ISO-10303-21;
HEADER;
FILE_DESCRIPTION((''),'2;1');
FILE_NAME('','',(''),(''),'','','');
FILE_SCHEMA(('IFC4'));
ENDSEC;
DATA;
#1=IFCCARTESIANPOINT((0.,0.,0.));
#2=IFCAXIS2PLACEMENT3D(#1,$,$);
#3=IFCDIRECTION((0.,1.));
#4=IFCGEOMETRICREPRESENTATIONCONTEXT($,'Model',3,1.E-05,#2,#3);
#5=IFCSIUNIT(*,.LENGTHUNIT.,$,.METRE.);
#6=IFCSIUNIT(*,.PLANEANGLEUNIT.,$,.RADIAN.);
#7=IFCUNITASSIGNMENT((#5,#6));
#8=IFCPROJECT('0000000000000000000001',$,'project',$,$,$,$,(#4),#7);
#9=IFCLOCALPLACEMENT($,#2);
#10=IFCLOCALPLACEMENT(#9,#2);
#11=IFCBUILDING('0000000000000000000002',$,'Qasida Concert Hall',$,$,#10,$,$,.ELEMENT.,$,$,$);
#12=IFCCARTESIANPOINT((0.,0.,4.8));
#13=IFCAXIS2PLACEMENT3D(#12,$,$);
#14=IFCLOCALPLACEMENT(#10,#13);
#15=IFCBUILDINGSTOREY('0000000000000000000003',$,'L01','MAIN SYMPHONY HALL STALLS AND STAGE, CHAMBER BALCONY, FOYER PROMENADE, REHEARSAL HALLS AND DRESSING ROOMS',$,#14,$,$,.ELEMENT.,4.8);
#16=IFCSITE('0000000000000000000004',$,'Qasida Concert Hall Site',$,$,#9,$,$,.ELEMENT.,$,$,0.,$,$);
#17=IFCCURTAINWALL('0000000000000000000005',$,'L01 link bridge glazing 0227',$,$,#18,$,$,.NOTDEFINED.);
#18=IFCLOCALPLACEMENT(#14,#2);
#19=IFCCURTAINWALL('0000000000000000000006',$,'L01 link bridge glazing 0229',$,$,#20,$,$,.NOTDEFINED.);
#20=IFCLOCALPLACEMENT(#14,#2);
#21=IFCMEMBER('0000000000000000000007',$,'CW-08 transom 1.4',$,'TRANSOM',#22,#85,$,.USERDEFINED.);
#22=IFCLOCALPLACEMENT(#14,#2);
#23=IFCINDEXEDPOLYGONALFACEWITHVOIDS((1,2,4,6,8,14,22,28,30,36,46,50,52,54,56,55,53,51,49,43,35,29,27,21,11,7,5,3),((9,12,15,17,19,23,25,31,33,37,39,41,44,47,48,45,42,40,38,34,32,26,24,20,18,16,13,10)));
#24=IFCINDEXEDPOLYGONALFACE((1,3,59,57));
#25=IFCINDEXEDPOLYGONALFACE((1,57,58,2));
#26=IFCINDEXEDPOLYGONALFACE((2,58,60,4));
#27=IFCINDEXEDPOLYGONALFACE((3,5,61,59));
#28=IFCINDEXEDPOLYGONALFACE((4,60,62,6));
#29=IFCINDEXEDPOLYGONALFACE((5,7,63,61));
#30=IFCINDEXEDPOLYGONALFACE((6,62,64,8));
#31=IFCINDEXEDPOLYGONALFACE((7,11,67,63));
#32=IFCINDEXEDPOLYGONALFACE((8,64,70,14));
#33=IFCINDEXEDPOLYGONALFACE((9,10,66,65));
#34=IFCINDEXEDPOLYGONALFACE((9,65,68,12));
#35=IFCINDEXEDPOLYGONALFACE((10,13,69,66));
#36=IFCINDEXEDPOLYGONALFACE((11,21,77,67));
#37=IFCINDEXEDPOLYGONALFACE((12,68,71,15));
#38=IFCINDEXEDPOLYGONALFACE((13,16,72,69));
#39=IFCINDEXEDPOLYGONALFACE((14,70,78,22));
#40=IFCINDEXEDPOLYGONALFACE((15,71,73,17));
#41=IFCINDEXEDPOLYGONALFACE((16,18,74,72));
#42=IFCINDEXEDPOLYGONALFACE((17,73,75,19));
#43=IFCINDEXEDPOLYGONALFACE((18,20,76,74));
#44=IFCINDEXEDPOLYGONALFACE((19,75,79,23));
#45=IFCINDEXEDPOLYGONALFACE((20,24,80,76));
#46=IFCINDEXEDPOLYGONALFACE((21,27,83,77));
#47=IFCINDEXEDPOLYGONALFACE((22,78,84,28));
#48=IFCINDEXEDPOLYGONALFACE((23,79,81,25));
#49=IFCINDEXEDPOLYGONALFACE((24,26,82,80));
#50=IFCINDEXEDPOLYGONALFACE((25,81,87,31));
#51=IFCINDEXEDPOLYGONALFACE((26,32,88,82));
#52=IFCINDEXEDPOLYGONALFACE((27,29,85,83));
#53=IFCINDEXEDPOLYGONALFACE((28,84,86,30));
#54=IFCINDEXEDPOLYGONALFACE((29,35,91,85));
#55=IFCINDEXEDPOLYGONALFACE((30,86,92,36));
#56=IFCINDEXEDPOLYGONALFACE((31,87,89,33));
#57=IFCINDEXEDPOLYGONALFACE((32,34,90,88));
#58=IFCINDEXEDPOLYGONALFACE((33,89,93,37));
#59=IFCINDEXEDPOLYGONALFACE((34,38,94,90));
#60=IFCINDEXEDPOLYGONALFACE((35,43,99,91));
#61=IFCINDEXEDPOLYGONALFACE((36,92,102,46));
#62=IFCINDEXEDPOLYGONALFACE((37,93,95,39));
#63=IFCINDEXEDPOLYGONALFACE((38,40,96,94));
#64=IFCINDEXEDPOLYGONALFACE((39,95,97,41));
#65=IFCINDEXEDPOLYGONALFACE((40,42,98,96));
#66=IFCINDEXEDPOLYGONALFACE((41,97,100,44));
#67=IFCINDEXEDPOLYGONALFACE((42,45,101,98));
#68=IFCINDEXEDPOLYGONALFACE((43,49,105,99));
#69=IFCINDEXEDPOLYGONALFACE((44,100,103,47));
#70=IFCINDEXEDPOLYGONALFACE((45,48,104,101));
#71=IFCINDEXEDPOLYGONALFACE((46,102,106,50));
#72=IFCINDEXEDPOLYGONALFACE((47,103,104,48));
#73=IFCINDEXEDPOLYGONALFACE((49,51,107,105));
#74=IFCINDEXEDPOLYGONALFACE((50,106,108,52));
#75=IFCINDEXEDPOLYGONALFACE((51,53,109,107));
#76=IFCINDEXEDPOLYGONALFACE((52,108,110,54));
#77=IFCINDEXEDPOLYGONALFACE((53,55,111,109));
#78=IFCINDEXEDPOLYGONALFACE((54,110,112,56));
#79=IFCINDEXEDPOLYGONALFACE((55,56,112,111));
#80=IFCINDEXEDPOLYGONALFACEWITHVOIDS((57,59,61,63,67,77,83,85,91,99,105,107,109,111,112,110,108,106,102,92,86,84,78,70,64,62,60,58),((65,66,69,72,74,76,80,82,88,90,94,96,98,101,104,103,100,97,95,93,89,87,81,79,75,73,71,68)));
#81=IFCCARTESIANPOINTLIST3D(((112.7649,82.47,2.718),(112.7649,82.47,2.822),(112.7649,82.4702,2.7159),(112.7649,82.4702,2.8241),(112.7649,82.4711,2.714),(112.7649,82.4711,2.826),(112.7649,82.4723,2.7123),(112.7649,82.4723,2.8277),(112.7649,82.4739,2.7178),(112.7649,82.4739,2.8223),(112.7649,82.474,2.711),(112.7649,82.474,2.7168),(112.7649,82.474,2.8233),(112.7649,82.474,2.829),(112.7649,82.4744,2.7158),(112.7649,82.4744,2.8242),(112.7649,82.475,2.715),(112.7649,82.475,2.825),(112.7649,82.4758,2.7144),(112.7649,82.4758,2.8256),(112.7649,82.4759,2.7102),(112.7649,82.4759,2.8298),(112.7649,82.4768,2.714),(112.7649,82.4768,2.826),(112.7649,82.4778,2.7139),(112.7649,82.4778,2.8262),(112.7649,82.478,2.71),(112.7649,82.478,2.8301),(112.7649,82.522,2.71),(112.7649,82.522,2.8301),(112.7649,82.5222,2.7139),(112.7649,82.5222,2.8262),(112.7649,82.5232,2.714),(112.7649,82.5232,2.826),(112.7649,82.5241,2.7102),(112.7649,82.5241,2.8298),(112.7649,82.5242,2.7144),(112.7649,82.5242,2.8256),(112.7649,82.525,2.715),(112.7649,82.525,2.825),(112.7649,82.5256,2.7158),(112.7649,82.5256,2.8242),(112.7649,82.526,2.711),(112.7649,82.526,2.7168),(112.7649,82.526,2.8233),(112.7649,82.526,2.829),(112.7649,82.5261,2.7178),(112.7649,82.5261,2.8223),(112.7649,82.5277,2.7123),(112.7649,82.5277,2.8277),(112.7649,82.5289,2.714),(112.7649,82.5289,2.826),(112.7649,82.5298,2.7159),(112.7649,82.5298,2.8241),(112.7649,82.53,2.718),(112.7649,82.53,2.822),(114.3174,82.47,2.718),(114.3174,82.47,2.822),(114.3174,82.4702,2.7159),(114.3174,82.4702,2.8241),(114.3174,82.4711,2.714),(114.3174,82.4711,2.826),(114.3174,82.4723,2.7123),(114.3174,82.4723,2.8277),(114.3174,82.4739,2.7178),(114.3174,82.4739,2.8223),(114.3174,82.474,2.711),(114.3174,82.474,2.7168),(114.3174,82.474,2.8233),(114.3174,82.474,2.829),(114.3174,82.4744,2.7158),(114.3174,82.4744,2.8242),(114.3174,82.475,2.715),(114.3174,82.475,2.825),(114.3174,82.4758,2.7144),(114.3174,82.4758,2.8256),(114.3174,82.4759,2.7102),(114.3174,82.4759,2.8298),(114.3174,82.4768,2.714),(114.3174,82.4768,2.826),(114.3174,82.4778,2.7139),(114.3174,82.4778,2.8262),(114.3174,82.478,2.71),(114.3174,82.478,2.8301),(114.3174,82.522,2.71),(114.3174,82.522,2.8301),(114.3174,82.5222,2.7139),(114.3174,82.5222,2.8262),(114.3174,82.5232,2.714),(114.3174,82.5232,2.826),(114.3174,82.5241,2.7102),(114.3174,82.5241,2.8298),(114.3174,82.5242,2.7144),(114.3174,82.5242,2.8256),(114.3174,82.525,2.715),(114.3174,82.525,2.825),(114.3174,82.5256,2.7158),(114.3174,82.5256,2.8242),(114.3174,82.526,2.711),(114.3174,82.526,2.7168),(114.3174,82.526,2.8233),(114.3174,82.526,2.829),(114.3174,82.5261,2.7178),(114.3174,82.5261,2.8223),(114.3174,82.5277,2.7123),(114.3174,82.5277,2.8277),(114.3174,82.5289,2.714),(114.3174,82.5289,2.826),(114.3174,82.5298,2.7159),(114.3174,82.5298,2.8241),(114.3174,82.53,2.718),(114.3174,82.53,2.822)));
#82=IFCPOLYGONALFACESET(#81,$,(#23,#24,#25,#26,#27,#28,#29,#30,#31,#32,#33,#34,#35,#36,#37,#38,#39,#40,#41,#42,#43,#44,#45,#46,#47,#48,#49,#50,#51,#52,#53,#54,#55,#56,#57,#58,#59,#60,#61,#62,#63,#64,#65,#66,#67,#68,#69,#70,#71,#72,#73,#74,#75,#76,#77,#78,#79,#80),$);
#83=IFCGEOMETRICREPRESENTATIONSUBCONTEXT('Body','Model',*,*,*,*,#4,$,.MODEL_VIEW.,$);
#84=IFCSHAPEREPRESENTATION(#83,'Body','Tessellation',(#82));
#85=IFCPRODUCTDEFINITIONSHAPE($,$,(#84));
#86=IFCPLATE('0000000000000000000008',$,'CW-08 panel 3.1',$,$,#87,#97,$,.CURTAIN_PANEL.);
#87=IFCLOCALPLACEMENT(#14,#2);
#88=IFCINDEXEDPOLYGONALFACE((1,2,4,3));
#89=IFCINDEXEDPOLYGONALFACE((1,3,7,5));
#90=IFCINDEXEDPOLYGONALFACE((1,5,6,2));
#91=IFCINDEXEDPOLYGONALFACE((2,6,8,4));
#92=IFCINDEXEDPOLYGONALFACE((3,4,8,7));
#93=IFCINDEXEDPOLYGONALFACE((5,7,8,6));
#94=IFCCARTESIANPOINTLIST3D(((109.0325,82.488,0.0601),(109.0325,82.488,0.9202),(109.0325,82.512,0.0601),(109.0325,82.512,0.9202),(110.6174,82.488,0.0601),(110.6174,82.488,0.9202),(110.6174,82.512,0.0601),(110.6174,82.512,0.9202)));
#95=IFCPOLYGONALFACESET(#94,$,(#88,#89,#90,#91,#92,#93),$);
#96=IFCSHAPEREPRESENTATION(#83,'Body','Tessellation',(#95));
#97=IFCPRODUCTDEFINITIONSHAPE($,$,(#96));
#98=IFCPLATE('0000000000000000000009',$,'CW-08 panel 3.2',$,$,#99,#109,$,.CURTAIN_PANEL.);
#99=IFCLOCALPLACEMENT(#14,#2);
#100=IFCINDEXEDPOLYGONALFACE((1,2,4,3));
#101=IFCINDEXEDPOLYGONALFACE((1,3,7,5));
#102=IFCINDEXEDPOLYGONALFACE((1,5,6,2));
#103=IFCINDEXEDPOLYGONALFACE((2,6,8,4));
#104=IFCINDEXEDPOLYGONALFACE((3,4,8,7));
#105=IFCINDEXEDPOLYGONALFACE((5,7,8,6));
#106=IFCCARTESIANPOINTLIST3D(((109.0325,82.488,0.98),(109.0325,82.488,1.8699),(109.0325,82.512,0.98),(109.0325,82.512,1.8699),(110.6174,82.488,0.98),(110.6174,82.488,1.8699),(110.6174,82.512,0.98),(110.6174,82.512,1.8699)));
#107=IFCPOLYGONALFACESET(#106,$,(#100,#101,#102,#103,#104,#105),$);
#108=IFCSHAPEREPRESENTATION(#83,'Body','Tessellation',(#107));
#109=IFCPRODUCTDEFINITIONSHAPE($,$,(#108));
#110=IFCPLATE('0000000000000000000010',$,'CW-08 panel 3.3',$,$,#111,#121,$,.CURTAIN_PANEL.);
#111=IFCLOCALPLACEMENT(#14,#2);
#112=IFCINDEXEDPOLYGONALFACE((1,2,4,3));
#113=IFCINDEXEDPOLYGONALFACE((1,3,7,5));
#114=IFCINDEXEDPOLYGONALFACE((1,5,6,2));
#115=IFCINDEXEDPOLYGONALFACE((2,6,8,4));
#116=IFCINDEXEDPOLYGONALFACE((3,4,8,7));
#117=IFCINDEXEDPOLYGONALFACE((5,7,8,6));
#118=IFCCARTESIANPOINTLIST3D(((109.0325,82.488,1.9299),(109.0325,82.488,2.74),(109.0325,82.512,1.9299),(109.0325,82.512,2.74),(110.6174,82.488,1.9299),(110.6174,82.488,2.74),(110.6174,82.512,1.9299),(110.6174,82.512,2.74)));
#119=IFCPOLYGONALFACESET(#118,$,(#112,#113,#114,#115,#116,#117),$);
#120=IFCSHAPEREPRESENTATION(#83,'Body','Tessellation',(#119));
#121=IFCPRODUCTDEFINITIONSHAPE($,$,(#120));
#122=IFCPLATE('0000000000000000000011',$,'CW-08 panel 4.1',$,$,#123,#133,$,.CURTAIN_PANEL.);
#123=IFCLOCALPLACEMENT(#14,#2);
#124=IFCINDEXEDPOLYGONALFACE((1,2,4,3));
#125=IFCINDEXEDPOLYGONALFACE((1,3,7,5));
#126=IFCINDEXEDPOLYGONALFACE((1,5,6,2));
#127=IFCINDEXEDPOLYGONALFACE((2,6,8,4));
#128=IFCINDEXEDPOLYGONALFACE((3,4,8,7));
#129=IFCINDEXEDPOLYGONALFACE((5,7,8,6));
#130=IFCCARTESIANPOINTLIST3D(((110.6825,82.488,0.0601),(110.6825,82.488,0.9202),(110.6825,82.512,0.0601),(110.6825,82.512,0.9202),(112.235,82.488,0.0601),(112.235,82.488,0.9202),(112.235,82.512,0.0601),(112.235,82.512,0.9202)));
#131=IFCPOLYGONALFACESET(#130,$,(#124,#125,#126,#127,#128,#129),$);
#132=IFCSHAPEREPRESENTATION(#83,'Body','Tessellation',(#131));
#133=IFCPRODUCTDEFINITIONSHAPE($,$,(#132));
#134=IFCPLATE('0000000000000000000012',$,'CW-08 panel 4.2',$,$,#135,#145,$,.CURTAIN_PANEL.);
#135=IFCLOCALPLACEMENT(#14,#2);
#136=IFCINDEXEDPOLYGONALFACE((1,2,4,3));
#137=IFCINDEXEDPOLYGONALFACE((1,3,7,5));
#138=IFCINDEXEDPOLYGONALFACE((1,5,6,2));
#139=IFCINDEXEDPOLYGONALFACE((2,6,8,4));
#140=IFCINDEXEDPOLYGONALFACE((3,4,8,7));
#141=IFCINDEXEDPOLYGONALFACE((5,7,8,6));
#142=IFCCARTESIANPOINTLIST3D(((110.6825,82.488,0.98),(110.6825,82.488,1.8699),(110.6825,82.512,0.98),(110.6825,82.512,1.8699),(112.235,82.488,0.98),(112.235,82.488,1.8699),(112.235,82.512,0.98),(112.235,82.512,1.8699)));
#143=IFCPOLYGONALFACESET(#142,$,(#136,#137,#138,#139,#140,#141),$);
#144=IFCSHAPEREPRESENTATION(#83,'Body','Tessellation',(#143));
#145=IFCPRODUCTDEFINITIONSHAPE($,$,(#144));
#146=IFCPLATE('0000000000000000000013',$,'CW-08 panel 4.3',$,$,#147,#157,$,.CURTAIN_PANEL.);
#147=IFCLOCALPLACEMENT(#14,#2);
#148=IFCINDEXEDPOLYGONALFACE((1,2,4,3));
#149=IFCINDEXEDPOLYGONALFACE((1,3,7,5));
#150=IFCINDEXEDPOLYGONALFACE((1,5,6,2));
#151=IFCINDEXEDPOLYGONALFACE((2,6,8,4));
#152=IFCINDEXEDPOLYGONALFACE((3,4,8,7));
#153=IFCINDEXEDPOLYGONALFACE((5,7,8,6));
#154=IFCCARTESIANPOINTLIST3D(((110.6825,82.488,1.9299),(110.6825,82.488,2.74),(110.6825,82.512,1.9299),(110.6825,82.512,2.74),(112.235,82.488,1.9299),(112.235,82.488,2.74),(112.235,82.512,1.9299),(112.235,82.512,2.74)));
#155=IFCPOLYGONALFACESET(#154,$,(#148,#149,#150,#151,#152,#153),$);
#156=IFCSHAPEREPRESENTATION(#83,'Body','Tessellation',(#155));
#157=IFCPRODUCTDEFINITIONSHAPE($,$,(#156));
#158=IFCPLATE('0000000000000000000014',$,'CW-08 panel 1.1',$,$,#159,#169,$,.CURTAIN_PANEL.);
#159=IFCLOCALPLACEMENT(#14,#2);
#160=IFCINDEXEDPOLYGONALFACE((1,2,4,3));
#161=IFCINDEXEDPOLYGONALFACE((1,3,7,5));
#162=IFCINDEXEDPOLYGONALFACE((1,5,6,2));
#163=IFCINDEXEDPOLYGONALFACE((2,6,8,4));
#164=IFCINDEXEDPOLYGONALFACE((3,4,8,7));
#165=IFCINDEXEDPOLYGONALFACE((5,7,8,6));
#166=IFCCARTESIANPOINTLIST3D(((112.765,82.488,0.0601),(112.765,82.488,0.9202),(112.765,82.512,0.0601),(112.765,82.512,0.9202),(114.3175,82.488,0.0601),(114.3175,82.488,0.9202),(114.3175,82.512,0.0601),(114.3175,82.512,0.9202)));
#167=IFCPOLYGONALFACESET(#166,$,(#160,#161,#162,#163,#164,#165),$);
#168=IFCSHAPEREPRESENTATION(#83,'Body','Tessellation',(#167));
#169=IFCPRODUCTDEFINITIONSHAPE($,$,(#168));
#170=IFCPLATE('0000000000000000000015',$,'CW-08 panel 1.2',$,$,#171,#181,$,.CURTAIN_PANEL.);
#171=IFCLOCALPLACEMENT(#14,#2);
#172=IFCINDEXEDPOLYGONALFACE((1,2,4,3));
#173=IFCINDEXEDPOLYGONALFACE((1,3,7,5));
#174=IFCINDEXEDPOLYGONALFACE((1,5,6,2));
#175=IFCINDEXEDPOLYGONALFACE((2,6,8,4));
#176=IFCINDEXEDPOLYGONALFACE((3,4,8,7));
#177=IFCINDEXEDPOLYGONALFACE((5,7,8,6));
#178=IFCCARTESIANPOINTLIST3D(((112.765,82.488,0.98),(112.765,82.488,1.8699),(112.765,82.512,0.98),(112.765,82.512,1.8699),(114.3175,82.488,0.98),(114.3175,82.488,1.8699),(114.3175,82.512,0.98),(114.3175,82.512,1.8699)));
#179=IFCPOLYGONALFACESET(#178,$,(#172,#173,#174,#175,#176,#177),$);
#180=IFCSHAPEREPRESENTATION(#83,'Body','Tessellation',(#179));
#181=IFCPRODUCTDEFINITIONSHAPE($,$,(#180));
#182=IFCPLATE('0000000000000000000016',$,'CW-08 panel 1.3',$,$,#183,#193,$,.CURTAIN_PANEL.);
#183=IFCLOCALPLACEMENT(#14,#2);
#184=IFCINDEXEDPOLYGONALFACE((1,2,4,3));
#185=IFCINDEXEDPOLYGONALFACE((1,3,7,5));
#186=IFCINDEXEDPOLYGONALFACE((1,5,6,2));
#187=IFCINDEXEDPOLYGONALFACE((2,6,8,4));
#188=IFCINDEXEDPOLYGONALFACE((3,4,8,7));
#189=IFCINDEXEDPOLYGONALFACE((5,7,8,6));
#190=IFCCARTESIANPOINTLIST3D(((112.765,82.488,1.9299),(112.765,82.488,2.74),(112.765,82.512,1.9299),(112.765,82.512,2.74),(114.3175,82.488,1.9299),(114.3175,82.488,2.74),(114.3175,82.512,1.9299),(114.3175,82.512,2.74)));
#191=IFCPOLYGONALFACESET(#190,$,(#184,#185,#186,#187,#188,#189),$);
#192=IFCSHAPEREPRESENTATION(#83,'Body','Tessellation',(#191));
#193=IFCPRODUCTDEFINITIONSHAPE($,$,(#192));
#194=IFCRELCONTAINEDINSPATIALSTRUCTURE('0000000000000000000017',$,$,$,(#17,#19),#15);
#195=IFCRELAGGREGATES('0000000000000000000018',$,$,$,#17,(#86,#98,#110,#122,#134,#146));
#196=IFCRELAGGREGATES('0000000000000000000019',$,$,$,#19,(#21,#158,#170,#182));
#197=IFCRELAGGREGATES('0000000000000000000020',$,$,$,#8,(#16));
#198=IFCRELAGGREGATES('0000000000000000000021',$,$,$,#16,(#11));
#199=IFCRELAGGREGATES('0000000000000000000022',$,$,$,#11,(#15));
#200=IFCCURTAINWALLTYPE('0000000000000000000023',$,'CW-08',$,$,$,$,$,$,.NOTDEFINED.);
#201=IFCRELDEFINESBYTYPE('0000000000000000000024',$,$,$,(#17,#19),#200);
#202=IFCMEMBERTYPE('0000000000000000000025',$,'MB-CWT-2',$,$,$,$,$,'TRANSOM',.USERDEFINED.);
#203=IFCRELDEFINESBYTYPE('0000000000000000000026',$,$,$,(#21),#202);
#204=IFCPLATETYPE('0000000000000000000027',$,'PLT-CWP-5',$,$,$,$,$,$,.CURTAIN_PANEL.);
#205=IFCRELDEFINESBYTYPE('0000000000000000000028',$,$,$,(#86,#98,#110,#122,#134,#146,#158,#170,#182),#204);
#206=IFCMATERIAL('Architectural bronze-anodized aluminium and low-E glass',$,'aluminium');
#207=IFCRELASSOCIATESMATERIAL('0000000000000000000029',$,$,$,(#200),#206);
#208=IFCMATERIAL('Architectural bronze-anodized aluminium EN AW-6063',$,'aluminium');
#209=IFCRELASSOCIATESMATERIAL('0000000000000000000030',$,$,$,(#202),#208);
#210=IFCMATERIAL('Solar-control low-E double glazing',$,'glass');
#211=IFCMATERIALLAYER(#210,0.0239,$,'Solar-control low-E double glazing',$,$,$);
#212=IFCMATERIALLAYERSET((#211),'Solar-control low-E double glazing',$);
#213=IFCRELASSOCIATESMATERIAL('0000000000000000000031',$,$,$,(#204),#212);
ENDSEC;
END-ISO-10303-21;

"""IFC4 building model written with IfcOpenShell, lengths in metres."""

from ifc_helpers import new_model, si_unit, direction, frame, origin, origin_2d, place, context, subcontext, project, spatial, rectangle, hollow_rectangle, extrude, material, layer, layer_set, material_profile, profile_set, type_object, element, aggregate, save


model = new_model("IFC4")

# Units and contexts
model_context = context("Model", 3, precision=1e-05, world=origin(), true_north=direction((0.0, 1.0)))
body_context = subcontext(model_context, "Body", "Model", "MODEL_VIEW")
ifc_project = project(units=[si_unit("LENGTHUNIT", "METRE"), si_unit("PLANEANGLEUNIT", "RADIAN")], contexts=[model_context])

# Site, building, storey
site_placement = place(None, origin())
site = spatial("IfcSite", under=ifc_project, at=site_placement, Name="Qasida Concert Hall Site", CompositionType="ELEMENT", RefElevation=0.0)
building_placement = place(site_placement, origin())
building = spatial("IfcBuilding", under=site, at=building_placement, Name="Qasida Concert Hall", CompositionType="ELEMENT")
storey_placement = place(building_placement, frame((0.0, 0.0, 4.8)))
storey = spatial("IfcBuildingStorey", under=building, at=storey_placement, Name="L01", Description="MAIN SYMPHONY HALL STALLS AND STAGE, CHAMBER BALCONY, FOYER PROMENADE, REHEARSAL HALLS AND DRESSING ROOMS", CompositionType="ELEMENT", Elevation=4.8)

# Curtain walls
ifc_material_1 = material(Name="Architectural bronze-anodized aluminium and low-E glass", Category="aluminium")
curtain_wall_type = type_object("IfcCurtainWallType", Name="CW-08", PredefinedType="NOTDEFINED", material=ifc_material_1)
curtain_wall_1_placement = place(storey_placement, origin())
curtain_wall_1 = element("IfcCurtainWall", 1, at=curtain_wall_1_placement, inside=storey, type_object=curtain_wall_type, Name="L01 link bridge glazing 0227", PredefinedType="NOTDEFINED")
ifc_material_2 = material(Name="Architectural bronze-anodized aluminium EN AW-6063", Category="aluminium")
curtain_wall_2_placement = place(storey_placement, origin())
curtain_wall_2 = element("IfcCurtainWall", 2, at=curtain_wall_2_placement, inside=storey, type_object=curtain_wall_type, Name="L01 link bridge glazing 0229", PredefinedType="NOTDEFINED")

# Member
ifc_material_profile_1 = material_profile(ifc_material_2, hollow_rectangle(XDim=0.0601, YDim=0.1201, WallThickness=0.0039, InnerFilletRadius=0.0039, OuterFilletRadius=0.0081, at=origin_2d()), Name="CWT 120x60x4")
ifc_profile_set_1 = profile_set([ifc_material_profile_1], Name="Architectural bronze-anodized aluminium EN AW-6063")
member_type_1 = type_object("IfcMemberType", Name="MB-CWT-2", ElementType="TRANSOM", PredefinedType="USERDEFINED", material=ifc_profile_set_1)
member_1_placement = place(storey_placement, frame((112.7649, 82.5, 2.77), z_axis=(1.0, 0.0, 0.0), x_axis=(0.0, 1.0, 0.0)))
member_1 = element("IfcMember", 3, at=member_1_placement, type_object=member_type_1, Name="CW-08 transom 1.4", ObjectType="TRANSOM", PredefinedType="USERDEFINED", context=body_context, shape_type="SweptSolid", body=[
    extrude(hollow_rectangle(XDim=0.0601, YDim=0.1201, WallThickness=0.0039, InnerFilletRadius=0.0039, OuterFilletRadius=0.0081, at=origin_2d()), origin(), (0.0, 0.0, 1.0), 1.5525),
])

# Plates
ifc_material_3 = material(Name="Solar-control low-E double glazing", Category="glass")
ifc_layer = layer(ifc_material_3, 0.0239, Name="Solar-control low-E double glazing")
ifc_layer_set = layer_set([ifc_layer], Name="Solar-control low-E double glazing")
plate_type = type_object("IfcPlateType", Name="PLT-CWP-5", PredefinedType="CURTAIN_PANEL", material=ifc_layer_set)
plate_1_placement = place(storey_placement, frame((109.825, 82.5, 0.0601), z_axis=(0.0, 0.0, 1.0), x_axis=(1.0, 0.0, 0.0)))
plate_1 = element("IfcPlate", 4, at=plate_1_placement, type_object=plate_type, Name="CW-08 panel 3.1", PredefinedType="CURTAIN_PANEL", context=body_context, shape_type="SweptSolid", body=[
    extrude(rectangle(XDim=1.585, YDim=0.0239, at=origin_2d()), origin(), (0.0, 0.0, 1.0), 0.8601),
])
plate_2_placement = place(storey_placement, frame((109.825, 82.5, 0.98), z_axis=(0.0, 0.0, 1.0), x_axis=(1.0, 0.0, 0.0)))
plate_2 = element("IfcPlate", 5, at=plate_2_placement, type_object=plate_type, Name="CW-08 panel 3.2", PredefinedType="CURTAIN_PANEL", context=body_context, shape_type="SweptSolid", body=[
    extrude(rectangle(XDim=1.585, YDim=0.0239, at=origin_2d()), origin(), (0.0, 0.0, 1.0), 0.8899),
])
plate_3_placement = place(storey_placement, frame((109.825, 82.5, 1.9299), z_axis=(0.0, 0.0, 1.0), x_axis=(1.0, 0.0, 0.0)))
plate_3 = element("IfcPlate", 6, at=plate_3_placement, type_object=plate_type, Name="CW-08 panel 3.3", PredefinedType="CURTAIN_PANEL", context=body_context, shape_type="SweptSolid", body=[
    extrude(rectangle(XDim=1.585, YDim=0.0239, at=origin_2d()), origin(), (0.0, 0.0, 1.0), 0.8101),
])
plate_4_placement = place(storey_placement, frame((111.4587, 82.5, 0.0601), z_axis=(0.0, 0.0, 1.0), x_axis=(1.0, 0.0, 0.0)))
plate_4 = element("IfcPlate", 7, at=plate_4_placement, type_object=plate_type, Name="CW-08 panel 4.1", PredefinedType="CURTAIN_PANEL", context=body_context, shape_type="SweptSolid", body=[
    extrude(rectangle(XDim=1.5525, YDim=0.0239, at=origin_2d()), origin(), (0.0, 0.0, 1.0), 0.8601),
])
plate_5_placement = place(storey_placement, frame((111.4587, 82.5, 0.98), z_axis=(0.0, 0.0, 1.0), x_axis=(1.0, 0.0, 0.0)))
plate_5 = element("IfcPlate", 8, at=plate_5_placement, type_object=plate_type, Name="CW-08 panel 4.2", PredefinedType="CURTAIN_PANEL", context=body_context, shape_type="SweptSolid", body=[
    extrude(rectangle(XDim=1.5525, YDim=0.0239, at=origin_2d()), origin(), (0.0, 0.0, 1.0), 0.8899),
])
plate_6_placement = place(storey_placement, frame((111.4587, 82.5, 1.9299), z_axis=(0.0, 0.0, 1.0), x_axis=(1.0, 0.0, 0.0)))
plate_6 = element("IfcPlate", 9, at=plate_6_placement, type_object=plate_type, Name="CW-08 panel 4.3", PredefinedType="CURTAIN_PANEL", context=body_context, shape_type="SweptSolid", body=[
    extrude(rectangle(XDim=1.5525, YDim=0.0239, at=origin_2d()), origin(), (0.0, 0.0, 1.0), 0.8101),
])
aggregate(curtain_wall_1, [plate_1, plate_2, plate_3, plate_4, plate_5, plate_6])
plate_7_placement = place(storey_placement, frame((113.5413, 82.5, 0.0601), z_axis=(0.0, 0.0, 1.0), x_axis=(1.0, 0.0, 0.0)))
plate_7 = element("IfcPlate", 10, at=plate_7_placement, type_object=plate_type, Name="CW-08 panel 1.1", PredefinedType="CURTAIN_PANEL", context=body_context, shape_type="SweptSolid", body=[
    extrude(rectangle(XDim=1.5525, YDim=0.0239, at=origin_2d()), origin(), (0.0, 0.0, 1.0), 0.8601),
])
plate_8_placement = place(storey_placement, frame((113.5413, 82.5, 0.98), z_axis=(0.0, 0.0, 1.0), x_axis=(1.0, 0.0, 0.0)))
plate_8 = element("IfcPlate", 11, at=plate_8_placement, type_object=plate_type, Name="CW-08 panel 1.2", PredefinedType="CURTAIN_PANEL", context=body_context, shape_type="SweptSolid", body=[
    extrude(rectangle(XDim=1.5525, YDim=0.0239, at=origin_2d()), origin(), (0.0, 0.0, 1.0), 0.8899),
])
plate_9_placement = place(storey_placement, frame((113.5413, 82.5, 1.9299), z_axis=(0.0, 0.0, 1.0), x_axis=(1.0, 0.0, 0.0)))
plate_9 = element("IfcPlate", 12, at=plate_9_placement, type_object=plate_type, Name="CW-08 panel 1.3", PredefinedType="CURTAIN_PANEL", context=body_context, shape_type="SweptSolid", body=[
    extrude(rectangle(XDim=1.5525, YDim=0.0239, at=origin_2d()), origin(), (0.0, 0.0, 1.0), 0.8101),
])
aggregate(curtain_wall_2, [member_1, plate_7, plate_8, plate_9])

save(model, "model.ifc")
